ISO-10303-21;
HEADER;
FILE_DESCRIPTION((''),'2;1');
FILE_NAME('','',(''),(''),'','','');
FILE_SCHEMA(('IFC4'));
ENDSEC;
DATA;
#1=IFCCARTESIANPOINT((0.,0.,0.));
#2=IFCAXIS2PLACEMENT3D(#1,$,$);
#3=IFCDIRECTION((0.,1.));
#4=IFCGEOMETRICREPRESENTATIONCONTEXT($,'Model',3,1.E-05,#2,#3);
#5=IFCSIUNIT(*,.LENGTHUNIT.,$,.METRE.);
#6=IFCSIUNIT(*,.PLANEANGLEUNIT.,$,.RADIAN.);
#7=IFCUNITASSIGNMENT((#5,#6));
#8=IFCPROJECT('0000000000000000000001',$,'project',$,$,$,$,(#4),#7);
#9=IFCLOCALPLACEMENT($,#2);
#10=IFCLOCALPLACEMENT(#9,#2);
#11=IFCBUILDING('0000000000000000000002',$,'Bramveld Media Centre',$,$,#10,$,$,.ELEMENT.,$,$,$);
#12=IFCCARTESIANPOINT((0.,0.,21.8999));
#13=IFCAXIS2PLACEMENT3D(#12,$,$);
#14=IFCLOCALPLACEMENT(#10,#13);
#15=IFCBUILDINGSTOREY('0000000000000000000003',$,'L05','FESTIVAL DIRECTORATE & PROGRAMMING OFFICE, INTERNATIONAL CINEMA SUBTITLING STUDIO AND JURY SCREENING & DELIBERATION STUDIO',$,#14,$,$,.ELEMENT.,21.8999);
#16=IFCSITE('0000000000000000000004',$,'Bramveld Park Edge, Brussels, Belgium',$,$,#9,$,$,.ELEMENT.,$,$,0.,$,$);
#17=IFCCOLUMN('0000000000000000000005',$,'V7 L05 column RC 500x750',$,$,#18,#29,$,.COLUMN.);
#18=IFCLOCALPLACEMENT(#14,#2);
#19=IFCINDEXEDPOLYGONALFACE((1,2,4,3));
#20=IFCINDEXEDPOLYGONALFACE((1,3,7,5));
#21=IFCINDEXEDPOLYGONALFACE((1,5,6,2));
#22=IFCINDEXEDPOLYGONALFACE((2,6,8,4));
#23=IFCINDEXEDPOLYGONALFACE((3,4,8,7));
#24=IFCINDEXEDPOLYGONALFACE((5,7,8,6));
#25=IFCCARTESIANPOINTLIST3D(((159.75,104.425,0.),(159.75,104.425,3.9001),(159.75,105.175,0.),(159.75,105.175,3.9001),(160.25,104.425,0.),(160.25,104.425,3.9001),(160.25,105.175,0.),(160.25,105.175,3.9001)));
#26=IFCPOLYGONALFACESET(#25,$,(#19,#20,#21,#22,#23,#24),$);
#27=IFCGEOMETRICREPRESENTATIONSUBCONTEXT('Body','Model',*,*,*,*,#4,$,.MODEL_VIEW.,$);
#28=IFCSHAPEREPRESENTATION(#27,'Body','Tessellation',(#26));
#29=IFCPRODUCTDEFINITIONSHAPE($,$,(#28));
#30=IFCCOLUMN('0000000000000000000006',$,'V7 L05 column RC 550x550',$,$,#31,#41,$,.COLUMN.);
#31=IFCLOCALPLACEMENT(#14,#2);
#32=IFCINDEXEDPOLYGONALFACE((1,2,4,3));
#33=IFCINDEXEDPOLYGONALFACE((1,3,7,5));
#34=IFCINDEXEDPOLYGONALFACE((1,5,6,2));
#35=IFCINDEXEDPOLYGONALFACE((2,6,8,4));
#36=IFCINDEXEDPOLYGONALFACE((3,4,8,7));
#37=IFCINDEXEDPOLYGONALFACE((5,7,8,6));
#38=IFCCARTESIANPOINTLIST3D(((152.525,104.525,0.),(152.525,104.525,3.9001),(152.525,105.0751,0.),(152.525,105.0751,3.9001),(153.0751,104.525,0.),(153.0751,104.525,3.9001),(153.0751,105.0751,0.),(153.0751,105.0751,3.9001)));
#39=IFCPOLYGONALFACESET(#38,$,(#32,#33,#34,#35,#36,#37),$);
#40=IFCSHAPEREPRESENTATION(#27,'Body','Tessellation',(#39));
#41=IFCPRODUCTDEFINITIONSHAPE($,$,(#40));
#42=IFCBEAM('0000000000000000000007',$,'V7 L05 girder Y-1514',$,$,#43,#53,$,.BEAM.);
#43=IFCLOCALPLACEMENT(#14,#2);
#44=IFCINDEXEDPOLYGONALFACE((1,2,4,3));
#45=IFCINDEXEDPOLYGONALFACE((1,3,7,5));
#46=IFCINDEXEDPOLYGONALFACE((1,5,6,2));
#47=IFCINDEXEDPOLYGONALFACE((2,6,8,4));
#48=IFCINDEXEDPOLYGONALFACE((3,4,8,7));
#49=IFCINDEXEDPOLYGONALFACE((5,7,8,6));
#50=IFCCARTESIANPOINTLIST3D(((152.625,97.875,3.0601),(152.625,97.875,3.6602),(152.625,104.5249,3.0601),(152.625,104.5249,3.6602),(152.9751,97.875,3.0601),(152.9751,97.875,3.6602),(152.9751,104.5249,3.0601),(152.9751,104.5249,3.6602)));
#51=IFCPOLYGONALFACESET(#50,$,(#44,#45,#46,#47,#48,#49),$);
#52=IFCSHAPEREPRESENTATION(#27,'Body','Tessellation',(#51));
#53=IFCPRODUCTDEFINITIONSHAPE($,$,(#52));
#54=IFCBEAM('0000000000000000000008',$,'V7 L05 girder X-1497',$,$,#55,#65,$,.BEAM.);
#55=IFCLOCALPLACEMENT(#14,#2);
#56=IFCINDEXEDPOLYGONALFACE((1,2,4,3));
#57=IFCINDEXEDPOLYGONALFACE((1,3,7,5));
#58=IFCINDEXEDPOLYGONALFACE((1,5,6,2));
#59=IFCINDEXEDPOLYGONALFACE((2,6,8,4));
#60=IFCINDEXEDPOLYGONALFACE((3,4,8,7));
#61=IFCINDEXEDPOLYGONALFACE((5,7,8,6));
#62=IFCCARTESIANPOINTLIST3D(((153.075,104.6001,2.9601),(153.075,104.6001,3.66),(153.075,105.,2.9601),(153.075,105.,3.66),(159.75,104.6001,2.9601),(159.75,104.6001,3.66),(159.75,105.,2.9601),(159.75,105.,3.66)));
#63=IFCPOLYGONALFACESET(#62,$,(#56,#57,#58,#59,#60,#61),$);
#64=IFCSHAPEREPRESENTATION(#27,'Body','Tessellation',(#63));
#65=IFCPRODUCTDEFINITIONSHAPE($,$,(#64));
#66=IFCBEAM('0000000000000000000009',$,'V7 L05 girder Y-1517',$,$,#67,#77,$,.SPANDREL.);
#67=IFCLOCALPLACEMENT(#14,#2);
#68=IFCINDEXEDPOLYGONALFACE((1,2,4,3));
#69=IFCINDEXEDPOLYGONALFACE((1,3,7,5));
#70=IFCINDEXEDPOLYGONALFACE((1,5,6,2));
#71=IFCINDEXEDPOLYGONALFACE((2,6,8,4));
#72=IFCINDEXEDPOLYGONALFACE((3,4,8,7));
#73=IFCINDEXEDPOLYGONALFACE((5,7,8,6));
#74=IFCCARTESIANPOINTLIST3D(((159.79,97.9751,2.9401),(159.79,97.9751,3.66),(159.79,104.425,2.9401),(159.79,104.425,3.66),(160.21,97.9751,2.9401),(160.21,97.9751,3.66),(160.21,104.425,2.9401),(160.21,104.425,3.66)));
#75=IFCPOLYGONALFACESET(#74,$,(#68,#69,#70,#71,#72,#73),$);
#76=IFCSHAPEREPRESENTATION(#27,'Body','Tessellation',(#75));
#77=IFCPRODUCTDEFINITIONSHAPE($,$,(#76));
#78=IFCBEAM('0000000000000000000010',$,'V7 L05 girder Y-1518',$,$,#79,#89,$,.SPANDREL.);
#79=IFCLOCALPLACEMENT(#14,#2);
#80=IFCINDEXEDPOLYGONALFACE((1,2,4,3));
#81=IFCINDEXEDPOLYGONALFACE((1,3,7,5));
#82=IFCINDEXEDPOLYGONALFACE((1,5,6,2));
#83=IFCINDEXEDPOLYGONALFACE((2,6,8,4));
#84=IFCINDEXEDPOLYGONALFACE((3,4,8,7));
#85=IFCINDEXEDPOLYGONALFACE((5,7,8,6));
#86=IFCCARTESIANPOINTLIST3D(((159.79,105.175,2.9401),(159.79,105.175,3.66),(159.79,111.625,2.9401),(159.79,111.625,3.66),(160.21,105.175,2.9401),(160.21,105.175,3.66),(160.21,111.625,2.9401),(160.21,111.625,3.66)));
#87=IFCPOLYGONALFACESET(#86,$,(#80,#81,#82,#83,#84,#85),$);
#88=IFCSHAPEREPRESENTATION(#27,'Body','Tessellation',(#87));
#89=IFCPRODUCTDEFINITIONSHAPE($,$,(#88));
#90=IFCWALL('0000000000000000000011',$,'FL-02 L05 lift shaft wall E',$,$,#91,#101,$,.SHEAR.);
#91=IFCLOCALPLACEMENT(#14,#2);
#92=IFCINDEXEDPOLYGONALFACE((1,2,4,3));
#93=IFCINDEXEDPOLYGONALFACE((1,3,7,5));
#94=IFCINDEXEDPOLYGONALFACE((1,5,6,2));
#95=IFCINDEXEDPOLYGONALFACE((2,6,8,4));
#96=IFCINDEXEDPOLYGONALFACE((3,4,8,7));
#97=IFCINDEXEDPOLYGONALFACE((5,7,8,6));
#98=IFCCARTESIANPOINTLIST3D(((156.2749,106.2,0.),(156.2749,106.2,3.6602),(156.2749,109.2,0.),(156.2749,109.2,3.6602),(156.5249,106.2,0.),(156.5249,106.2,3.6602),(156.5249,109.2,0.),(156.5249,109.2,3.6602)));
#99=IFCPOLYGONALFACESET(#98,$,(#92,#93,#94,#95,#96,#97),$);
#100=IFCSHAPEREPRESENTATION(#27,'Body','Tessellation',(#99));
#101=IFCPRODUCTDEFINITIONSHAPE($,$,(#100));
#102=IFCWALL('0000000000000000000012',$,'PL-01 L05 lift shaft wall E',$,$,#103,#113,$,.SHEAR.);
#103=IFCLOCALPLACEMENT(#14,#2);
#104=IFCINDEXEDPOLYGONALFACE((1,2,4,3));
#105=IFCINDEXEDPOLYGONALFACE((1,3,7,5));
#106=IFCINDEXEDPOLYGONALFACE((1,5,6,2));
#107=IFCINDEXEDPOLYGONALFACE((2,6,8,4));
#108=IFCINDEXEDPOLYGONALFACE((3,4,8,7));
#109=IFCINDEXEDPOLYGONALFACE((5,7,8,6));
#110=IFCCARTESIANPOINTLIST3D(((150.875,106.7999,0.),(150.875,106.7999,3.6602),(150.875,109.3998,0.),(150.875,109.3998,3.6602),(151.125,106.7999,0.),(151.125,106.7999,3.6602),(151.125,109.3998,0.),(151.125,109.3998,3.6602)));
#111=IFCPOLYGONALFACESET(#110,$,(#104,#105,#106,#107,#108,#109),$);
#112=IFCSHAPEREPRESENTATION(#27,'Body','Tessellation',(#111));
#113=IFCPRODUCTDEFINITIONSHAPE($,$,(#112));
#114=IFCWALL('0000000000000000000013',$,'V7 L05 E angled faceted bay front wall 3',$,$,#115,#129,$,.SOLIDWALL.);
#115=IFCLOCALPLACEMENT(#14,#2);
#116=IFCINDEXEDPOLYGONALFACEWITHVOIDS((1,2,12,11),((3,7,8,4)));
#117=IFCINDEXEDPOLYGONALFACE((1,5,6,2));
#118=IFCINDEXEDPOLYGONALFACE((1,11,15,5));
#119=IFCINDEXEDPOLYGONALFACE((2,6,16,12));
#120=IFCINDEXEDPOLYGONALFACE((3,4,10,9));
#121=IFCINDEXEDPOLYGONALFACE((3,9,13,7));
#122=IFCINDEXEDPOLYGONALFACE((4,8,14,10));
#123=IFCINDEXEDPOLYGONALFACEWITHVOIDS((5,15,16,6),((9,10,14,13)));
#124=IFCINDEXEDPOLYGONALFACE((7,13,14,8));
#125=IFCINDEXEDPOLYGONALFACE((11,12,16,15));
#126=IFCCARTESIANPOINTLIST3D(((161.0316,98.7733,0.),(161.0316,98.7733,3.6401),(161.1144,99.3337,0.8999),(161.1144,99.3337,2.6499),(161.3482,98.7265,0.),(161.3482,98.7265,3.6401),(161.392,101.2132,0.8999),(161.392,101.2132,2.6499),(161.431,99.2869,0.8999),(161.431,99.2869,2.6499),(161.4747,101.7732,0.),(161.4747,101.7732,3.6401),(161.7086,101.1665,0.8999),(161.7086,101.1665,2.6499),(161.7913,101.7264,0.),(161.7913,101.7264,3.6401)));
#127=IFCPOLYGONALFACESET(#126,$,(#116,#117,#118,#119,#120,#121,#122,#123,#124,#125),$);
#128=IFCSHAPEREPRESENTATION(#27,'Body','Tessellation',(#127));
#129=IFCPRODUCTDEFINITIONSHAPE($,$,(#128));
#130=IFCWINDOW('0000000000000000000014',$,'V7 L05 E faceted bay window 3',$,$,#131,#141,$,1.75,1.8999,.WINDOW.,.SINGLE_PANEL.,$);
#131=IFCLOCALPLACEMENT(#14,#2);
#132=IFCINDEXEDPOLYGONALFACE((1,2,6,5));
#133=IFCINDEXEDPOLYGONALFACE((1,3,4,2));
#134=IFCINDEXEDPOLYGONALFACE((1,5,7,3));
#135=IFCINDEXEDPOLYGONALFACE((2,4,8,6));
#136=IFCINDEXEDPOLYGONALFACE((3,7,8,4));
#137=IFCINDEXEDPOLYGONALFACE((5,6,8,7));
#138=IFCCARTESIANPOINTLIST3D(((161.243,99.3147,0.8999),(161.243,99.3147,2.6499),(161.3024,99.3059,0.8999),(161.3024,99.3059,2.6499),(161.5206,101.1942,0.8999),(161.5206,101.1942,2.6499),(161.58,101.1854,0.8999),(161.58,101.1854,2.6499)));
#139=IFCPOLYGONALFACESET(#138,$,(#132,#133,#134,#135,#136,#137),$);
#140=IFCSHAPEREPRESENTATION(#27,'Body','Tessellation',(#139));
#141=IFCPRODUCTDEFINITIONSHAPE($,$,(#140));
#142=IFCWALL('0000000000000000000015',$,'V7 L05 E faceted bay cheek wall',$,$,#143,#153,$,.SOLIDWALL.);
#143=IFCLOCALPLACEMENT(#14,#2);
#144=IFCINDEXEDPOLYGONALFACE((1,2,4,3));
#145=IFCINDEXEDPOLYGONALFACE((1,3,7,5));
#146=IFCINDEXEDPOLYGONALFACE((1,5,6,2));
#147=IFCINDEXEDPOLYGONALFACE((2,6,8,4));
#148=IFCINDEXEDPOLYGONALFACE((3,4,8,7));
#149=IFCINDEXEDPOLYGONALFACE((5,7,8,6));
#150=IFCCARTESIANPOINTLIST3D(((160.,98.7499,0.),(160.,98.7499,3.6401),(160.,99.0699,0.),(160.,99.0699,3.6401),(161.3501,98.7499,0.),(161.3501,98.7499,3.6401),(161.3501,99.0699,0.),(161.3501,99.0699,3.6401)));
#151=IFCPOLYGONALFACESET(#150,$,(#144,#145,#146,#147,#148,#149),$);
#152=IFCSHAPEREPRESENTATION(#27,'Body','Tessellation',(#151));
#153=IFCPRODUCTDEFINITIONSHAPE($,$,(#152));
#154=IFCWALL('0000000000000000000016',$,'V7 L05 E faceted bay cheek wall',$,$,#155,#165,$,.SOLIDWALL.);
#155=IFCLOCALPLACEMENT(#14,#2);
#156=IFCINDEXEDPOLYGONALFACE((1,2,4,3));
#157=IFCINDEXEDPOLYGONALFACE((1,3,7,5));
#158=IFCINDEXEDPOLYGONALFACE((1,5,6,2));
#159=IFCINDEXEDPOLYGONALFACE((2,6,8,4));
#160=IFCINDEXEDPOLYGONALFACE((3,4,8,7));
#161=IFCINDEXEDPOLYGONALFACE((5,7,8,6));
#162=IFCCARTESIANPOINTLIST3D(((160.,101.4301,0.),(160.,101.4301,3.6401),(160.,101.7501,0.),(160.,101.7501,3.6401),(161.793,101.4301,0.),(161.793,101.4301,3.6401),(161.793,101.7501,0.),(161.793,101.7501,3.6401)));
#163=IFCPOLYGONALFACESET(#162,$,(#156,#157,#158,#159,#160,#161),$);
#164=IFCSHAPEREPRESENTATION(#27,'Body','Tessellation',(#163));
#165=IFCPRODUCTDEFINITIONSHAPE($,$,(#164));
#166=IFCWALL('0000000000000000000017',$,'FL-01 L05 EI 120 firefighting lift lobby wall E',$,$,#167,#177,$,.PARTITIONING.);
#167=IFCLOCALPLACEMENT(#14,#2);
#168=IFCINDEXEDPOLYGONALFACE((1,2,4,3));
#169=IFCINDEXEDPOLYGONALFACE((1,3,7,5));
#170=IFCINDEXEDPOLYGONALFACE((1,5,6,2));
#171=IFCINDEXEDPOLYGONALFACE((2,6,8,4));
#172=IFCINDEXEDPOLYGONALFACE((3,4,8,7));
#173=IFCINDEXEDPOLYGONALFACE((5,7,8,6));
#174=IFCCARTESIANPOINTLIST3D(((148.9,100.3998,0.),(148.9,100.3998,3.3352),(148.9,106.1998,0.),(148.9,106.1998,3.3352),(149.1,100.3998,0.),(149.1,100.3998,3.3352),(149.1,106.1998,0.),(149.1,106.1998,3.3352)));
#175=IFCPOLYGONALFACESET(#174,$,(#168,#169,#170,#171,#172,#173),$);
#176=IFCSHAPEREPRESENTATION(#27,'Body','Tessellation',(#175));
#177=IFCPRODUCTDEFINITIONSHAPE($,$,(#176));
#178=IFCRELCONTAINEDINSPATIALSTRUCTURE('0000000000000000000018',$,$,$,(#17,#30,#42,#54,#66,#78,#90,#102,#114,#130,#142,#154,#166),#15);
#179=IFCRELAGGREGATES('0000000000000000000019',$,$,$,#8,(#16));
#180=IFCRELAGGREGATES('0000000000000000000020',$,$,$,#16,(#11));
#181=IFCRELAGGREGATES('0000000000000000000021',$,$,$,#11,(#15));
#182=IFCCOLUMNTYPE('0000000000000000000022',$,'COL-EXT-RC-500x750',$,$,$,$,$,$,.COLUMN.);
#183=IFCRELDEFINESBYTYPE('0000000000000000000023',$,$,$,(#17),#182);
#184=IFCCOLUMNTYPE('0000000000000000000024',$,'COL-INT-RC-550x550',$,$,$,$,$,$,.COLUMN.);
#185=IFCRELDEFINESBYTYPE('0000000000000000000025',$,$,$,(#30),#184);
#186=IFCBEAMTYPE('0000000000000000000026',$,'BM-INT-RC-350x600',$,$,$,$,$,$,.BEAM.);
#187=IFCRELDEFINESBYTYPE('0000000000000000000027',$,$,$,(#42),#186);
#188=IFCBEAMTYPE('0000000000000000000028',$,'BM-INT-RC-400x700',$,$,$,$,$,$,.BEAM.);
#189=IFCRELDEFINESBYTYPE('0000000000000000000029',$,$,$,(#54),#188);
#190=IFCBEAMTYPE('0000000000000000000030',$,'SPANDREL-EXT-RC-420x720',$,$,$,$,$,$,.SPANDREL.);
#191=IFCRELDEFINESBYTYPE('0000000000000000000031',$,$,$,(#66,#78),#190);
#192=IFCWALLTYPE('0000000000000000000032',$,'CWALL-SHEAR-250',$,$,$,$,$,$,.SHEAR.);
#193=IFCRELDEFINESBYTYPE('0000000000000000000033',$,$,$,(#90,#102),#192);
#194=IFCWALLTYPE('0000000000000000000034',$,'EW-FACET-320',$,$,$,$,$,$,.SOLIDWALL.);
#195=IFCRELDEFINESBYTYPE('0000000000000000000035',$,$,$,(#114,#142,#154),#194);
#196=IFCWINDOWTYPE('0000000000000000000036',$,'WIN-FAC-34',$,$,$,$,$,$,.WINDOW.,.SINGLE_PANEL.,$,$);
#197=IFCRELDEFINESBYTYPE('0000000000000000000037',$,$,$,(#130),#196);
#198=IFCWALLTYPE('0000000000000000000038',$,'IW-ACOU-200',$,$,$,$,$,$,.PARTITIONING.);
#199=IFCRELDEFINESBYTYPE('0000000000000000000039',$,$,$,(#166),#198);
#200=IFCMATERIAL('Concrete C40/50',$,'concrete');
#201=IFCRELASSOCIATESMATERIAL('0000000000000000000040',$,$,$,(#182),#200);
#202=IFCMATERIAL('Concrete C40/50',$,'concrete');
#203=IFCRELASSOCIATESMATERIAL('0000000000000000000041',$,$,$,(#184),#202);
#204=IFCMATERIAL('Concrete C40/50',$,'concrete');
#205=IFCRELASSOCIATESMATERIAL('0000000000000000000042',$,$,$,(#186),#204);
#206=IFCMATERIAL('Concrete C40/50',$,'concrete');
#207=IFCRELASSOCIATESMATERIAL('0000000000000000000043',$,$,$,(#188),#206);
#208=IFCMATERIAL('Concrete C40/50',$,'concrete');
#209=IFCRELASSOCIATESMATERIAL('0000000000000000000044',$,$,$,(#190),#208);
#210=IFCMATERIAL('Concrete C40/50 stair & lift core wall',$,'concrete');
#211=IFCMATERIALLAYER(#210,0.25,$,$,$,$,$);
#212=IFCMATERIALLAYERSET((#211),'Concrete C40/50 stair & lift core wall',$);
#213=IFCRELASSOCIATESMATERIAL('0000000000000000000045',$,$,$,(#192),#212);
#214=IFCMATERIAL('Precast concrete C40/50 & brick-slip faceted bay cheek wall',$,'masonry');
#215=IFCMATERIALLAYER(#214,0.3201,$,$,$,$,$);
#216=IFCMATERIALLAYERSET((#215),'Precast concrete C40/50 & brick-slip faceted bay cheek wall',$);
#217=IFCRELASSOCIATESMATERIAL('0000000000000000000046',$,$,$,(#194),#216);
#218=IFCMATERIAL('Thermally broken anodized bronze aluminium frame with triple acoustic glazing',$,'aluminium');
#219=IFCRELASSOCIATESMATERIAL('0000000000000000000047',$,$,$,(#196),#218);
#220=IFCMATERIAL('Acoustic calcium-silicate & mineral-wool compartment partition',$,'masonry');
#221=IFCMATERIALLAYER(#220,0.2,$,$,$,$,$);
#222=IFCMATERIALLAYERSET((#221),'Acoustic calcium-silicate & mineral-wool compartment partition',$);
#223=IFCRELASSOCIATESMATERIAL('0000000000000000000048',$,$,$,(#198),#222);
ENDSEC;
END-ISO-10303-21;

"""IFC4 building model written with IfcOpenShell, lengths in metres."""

from ifc_helpers import new_model, si_unit, direction, frame, frame_2d, origin, origin_2d, place, context, subcontext, project, spatial, rectangle, extrude, material, layer, layer_set, material_profile, profile_set, type_object, element, fill, save


model = new_model("IFC4")

# Units and contexts
model_context = context("Model", 3, precision=1e-05, world=origin(), true_north=direction((0.0, 1.0)))
body_context = subcontext(model_context, "Body", "Model", "MODEL_VIEW")
ifc_project = project(units=[si_unit("LENGTHUNIT", "METRE"), si_unit("PLANEANGLEUNIT", "RADIAN")], contexts=[model_context])

# Site, building, storey
site_placement = place(None, origin())
site = spatial("IfcSite", under=ifc_project, at=site_placement, Name="Bramveld Park Edge, Brussels, Belgium", CompositionType="ELEMENT", RefElevation=0.0)
building_placement = place(site_placement, origin())
building = spatial("IfcBuilding", under=site, at=building_placement, Name="Bramveld Media Centre", CompositionType="ELEMENT")
storey_placement = place(building_placement, frame((0.0, 0.0, 21.8999)))
storey = spatial("IfcBuildingStorey", under=building, at=storey_placement, Name="L05", Description="FESTIVAL DIRECTORATE & PROGRAMMING OFFICE, INTERNATIONAL CINEMA SUBTITLING STUDIO AND JURY SCREENING & DELIBERATION STUDIO", CompositionType="ELEMENT", Elevation=21.8999)

# Columns
ifc_material_1 = material(Name="Concrete C40/50", Category="concrete")
ifc_material_profile_1 = material_profile(ifc_material_1, rectangle(XDim=0.5, YDim=0.75, at=origin_2d()), Name="RC 500x750")
ifc_profile_set_1 = profile_set([ifc_material_profile_1], Name="Concrete C40/50")
column_type_1 = type_object("IfcColumnType", Name="COL-EXT-RC-500x750", PredefinedType="COLUMN", material=ifc_profile_set_1)
column_1_placement = place(storey_placement, frame((160.0, 104.8, 0.0), z_axis=(0.0, 0.0, 1.0), x_axis=(1.0, 0.0, 0.0)))
element("IfcColumn", 1, at=column_1_placement, inside=storey, type_object=column_type_1, Name="V7 L05 column RC 500x750", PredefinedType="COLUMN", context=body_context, shape_type="SweptSolid", body=[
    extrude(rectangle(XDim=0.5, YDim=0.75, at=origin_2d()), origin(), (0.0, 0.0, 1.0), 3.9001),
])
ifc_material_2 = material(Name="Concrete C40/50", Category="concrete")
ifc_material_profile_2 = material_profile(ifc_material_2, rectangle(XDim=0.55, YDim=0.55, at=origin_2d()), Name="RC 550x550")
ifc_profile_set_2 = profile_set([ifc_material_profile_2], Name="Concrete C40/50")
column_type_2 = type_object("IfcColumnType", Name="COL-INT-RC-550x550", PredefinedType="COLUMN", material=ifc_profile_set_2)
column_2_placement = place(storey_placement, frame((152.8, 104.8, 0.0), z_axis=(0.0, 0.0, 1.0), x_axis=(1.0, 0.0, 0.0)))
element("IfcColumn", 2, at=column_2_placement, inside=storey, type_object=column_type_2, Name="V7 L05 column RC 550x550", PredefinedType="COLUMN", context=body_context, shape_type="SweptSolid", body=[
    extrude(rectangle(XDim=0.55, YDim=0.55, at=origin_2d()), origin(), (0.0, 0.0, 1.0), 3.9001),
])

# Beams
ifc_material_3 = material(Name="Concrete C40/50", Category="concrete")
ifc_material_profile_3 = material_profile(ifc_material_3, rectangle(XDim=0.3501, YDim=0.6001, at=origin_2d()), Name="RC 350x600")
ifc_profile_set_3 = profile_set([ifc_material_profile_3], Name="Concrete C40/50")
beam_type_1 = type_object("IfcBeamType", Name="BM-INT-RC-350x600", PredefinedType="BEAM", material=ifc_profile_set_3)
beam_1_placement = place(storey_placement, frame((152.8, 97.875, 3.3601), z_axis=(0.0, 1.0, 0.0), x_axis=(-1.0, 0.0, 0.0)))
element("IfcBeam", 3, at=beam_1_placement, inside=storey, type_object=beam_type_1, Name="V7 L05 girder Y-1514", PredefinedType="BEAM", context=body_context, shape_type="SweptSolid", body=[
    extrude(rectangle(XDim=0.3501, YDim=0.6001, at=origin_2d()), origin(), (0.0, 0.0, 1.0), 6.6499),
])
ifc_material_4 = material(Name="Concrete C40/50", Category="concrete")
ifc_material_profile_4 = material_profile(ifc_material_4, rectangle(XDim=0.3999, YDim=0.7, at=origin_2d()), Name="RC 400x700")
ifc_profile_set_4 = profile_set([ifc_material_profile_4], Name="Concrete C40/50")
beam_type_2 = type_object("IfcBeamType", Name="BM-INT-RC-400x700", PredefinedType="BEAM", material=ifc_profile_set_4)
beam_2_placement = place(storey_placement, frame((153.075, 104.8, 3.3101), z_axis=(1.0, 0.0, 0.0), x_axis=(0.0, 1.0, 0.0)))
element("IfcBeam", 4, at=beam_2_placement, inside=storey, type_object=beam_type_2, Name="V7 L05 girder X-1497", PredefinedType="BEAM", context=body_context, shape_type="SweptSolid", body=[
    extrude(rectangle(XDim=0.3999, YDim=0.7, at=origin_2d()), origin(), (0.0, 0.0, 1.0), 6.675),
])
ifc_material_5 = material(Name="Concrete C40/50", Category="concrete")
ifc_material_profile_5 = material_profile(ifc_material_5, rectangle(XDim=0.4199, YDim=0.72, at=origin_2d()), Name="RC 420x720")
ifc_profile_set_5 = profile_set([ifc_material_profile_5], Name="Concrete C40/50")
beam_type_3 = type_object("IfcBeamType", Name="SPANDREL-EXT-RC-420x720", PredefinedType="SPANDREL", material=ifc_profile_set_5)
for number, where, z_axis, x_axis, name in (
    (5, (160.0, 97.9751, 3.3), (0.0, 1.0, 0.0), (-1.0, 0.0, 0.0), "V7 L05 girder Y-1517"),
    (6, (160.0, 105.175, 3.3), (0.0, 1.0, 0.0), (-1.0, 0.0, 0.0), "V7 L05 girder Y-1518"),
):
    element("IfcBeam", number, at=place(storey_placement, frame(where, z_axis=z_axis, x_axis=x_axis)), inside=storey, type_object=beam_type_3, Name=name, PredefinedType="SPANDREL", context=body_context, shape_type="SweptSolid", body=[
        extrude(rectangle(XDim=0.4199, YDim=0.72, at=origin_2d()), origin(), (0.0, 0.0, 1.0), 6.45),
    ])

# Shared definitions
ifc_material_6 = material(Name="Concrete C40/50 stair & lift core wall", Category="concrete")
ifc_layer_1 = layer(ifc_material_6, 0.25)
ifc_layer_set_1 = layer_set([ifc_layer_1], Name="Concrete C40/50 stair & lift core wall")
wall_type_1 = type_object("IfcWallType", Name="CWALL-SHEAR-250", PredefinedType="SHEAR", material=ifc_layer_set_1)

# Wall
wall_1_placement = place(storey_placement, frame((156.3999, 106.2, 0.0), z_axis=(0.0, 0.0, 1.0), x_axis=(0.0, 1.0, 0.0)))
element("IfcWall", 7, at=wall_1_placement, inside=storey, type_object=wall_type_1, Name="FL-02 L05 lift shaft wall E", PredefinedType="SHEAR", context=body_context, shape_type="SweptSolid", body=[
    extrude(rectangle(XDim=3.0, YDim=0.25, at=frame_2d((1.5, 0.0))), origin(), (0.0, 0.0, 1.0), 3.6602),
])

# Wall
wall_2_placement = place(storey_placement, frame((151.0, 106.8, 0.0), z_axis=(0.0, 0.0, 1.0), x_axis=(0.0, 1.0, 0.0)))
element("IfcWall", 8, at=wall_2_placement, inside=storey, type_object=wall_type_1, Name="PL-01 L05 lift shaft wall E", PredefinedType="SHEAR", context=body_context, shape_type="SweptSolid", body=[
    extrude(rectangle(XDim=2.5999, YDim=0.25, at=frame_2d((1.2998, 0.0))), origin(), (0.0, 0.0, 1.0), 3.6602),
])

# Wall, opening, window
ifc_material_7 = material(Name="Precast concrete C40/50 & brick-slip faceted bay cheek wall", Category="masonry")
ifc_layer_2 = layer(ifc_material_7, 0.3201)
ifc_layer_set_2 = layer_set([ifc_layer_2], Name="Precast concrete C40/50 & brick-slip faceted bay cheek wall")
wall_type_2 = type_object("IfcWallType", Name="EW-FACET-320", PredefinedType="SOLIDWALL", material=ifc_layer_set_2)
wall_3_placement = place(storey_placement, frame((161.1899, 98.75, 0.0), z_axis=(0.0, 0.0, 1.0), x_axis=(0.14612, 0.989267, 0.0)))
wall_3 = element("IfcWall", 9, at=wall_3_placement, inside=storey, type_object=wall_type_2, Name="V7 L05 E angled faceted bay front wall 3", PredefinedType="SOLIDWALL", context=body_context, shape_type="SweptSolid", body=[
    extrude(rectangle(XDim=3.0325, YDim=0.3201, at=frame_2d((1.5161, 0.0))), origin(), (0.0, 0.0, 1.0), 3.6401),
])
opening_1_placement = place(wall_3_placement, frame((0.5664, 0.0, 0.8999)))
opening_1 = element("IfcOpeningElement", 10, at=opening_1_placement, cuts=wall_3, PredefinedType="OPENING", context=body_context, shape_type="SweptSolid", body=[
    extrude(rectangle(XDim=1.8999, YDim=1.75, at=frame_2d((0.95, 0.875))), frame((0.0, 0.1719, 0.0), z_axis=(0.0, -1.0, 0.0), x_axis=(1.0, 0.0, 0.0)), (0.0, 0.0, 1.0), 0.344),
])
ifc_material_8 = material(Name="Thermally broken anodized bronze aluminium frame with triple acoustic glazing", Category="aluminium")
window_type = type_object("IfcWindowType", Name="WIN-FAC-34", PartitioningType="SINGLE_PANEL", PredefinedType="WINDOW", material=ifc_material_8)
window_placement = place(opening_1_placement, origin())
window = element("IfcWindow", 11, at=window_placement, inside=storey, type_object=window_type, Name="V7 L05 E faceted bay window 3", OverallHeight=1.75, OverallWidth=1.8999, PartitioningType="SINGLE_PANEL", PredefinedType="WINDOW", context=body_context, shape_type="SweptSolid", body=[
    extrude(rectangle(XDim=1.8999, YDim=1.75, at=frame_2d((0.95, 0.875))), frame((0.0, 0.03, 0.0), z_axis=(0.0, -1.0, 0.0), x_axis=(1.0, 0.0, 0.0)), (0.0, 0.0, 1.0), 0.0601),
])
fill(opening_1, window)

# Walls
wall_4_placement = place(storey_placement, frame((160.0, 98.9099, 0.0), z_axis=(0.0, 0.0, 1.0), x_axis=(1.0, 0.0, 0.0)))
element("IfcWall", 12, at=wall_4_placement, inside=storey, type_object=wall_type_2, Name="V7 L05 E faceted bay cheek wall", PredefinedType="SOLIDWALL", context=body_context, shape_type="SweptSolid", body=[
    extrude(rectangle(XDim=1.3501, YDim=0.3201, at=frame_2d((0.675, 0.0))), origin(), (0.0, 0.0, 1.0), 3.6401),
])
wall_5_placement = place(storey_placement, frame((160.0, 101.5901, 0.0), z_axis=(0.0, 0.0, 1.0), x_axis=(1.0, 0.0, 0.0)))
element("IfcWall", 13, at=wall_5_placement, inside=storey, type_object=wall_type_2, Name="V7 L05 E faceted bay cheek wall", PredefinedType="SOLIDWALL", context=body_context, shape_type="SweptSolid", body=[
    extrude(rectangle(XDim=1.793, YDim=0.3201, at=frame_2d((0.8965, 0.0))), origin(), (0.0, 0.0, 1.0), 3.6401),
])
ifc_material_9 = material(Name="Acoustic calcium-silicate & mineral-wool compartment partition", Category="masonry")
ifc_layer_3 = layer(ifc_material_9, 0.2)
ifc_layer_set_3 = layer_set([ifc_layer_3], Name="Acoustic calcium-silicate & mineral-wool compartment partition")
wall_type_3 = type_object("IfcWallType", Name="IW-ACOU-200", PredefinedType="PARTITIONING", material=ifc_layer_set_3)
wall_6_placement = place(storey_placement, frame((149.0, 100.3999, 0.0), z_axis=(0.0, 0.0, 1.0), x_axis=(0.0, 1.0, 0.0)))
element("IfcWall", 14, at=wall_6_placement, inside=storey, type_object=wall_type_3, Name="FL-01 L05 EI 120 firefighting lift lobby wall E", PredefinedType="PARTITIONING", context=body_context, shape_type="SweptSolid", body=[
    extrude(rectangle(XDim=5.8, YDim=0.2, at=frame_2d((2.8999, 0.0))), origin(), (0.0, 0.0, 1.0), 3.3352),
])

save(model, "model.ifc")
